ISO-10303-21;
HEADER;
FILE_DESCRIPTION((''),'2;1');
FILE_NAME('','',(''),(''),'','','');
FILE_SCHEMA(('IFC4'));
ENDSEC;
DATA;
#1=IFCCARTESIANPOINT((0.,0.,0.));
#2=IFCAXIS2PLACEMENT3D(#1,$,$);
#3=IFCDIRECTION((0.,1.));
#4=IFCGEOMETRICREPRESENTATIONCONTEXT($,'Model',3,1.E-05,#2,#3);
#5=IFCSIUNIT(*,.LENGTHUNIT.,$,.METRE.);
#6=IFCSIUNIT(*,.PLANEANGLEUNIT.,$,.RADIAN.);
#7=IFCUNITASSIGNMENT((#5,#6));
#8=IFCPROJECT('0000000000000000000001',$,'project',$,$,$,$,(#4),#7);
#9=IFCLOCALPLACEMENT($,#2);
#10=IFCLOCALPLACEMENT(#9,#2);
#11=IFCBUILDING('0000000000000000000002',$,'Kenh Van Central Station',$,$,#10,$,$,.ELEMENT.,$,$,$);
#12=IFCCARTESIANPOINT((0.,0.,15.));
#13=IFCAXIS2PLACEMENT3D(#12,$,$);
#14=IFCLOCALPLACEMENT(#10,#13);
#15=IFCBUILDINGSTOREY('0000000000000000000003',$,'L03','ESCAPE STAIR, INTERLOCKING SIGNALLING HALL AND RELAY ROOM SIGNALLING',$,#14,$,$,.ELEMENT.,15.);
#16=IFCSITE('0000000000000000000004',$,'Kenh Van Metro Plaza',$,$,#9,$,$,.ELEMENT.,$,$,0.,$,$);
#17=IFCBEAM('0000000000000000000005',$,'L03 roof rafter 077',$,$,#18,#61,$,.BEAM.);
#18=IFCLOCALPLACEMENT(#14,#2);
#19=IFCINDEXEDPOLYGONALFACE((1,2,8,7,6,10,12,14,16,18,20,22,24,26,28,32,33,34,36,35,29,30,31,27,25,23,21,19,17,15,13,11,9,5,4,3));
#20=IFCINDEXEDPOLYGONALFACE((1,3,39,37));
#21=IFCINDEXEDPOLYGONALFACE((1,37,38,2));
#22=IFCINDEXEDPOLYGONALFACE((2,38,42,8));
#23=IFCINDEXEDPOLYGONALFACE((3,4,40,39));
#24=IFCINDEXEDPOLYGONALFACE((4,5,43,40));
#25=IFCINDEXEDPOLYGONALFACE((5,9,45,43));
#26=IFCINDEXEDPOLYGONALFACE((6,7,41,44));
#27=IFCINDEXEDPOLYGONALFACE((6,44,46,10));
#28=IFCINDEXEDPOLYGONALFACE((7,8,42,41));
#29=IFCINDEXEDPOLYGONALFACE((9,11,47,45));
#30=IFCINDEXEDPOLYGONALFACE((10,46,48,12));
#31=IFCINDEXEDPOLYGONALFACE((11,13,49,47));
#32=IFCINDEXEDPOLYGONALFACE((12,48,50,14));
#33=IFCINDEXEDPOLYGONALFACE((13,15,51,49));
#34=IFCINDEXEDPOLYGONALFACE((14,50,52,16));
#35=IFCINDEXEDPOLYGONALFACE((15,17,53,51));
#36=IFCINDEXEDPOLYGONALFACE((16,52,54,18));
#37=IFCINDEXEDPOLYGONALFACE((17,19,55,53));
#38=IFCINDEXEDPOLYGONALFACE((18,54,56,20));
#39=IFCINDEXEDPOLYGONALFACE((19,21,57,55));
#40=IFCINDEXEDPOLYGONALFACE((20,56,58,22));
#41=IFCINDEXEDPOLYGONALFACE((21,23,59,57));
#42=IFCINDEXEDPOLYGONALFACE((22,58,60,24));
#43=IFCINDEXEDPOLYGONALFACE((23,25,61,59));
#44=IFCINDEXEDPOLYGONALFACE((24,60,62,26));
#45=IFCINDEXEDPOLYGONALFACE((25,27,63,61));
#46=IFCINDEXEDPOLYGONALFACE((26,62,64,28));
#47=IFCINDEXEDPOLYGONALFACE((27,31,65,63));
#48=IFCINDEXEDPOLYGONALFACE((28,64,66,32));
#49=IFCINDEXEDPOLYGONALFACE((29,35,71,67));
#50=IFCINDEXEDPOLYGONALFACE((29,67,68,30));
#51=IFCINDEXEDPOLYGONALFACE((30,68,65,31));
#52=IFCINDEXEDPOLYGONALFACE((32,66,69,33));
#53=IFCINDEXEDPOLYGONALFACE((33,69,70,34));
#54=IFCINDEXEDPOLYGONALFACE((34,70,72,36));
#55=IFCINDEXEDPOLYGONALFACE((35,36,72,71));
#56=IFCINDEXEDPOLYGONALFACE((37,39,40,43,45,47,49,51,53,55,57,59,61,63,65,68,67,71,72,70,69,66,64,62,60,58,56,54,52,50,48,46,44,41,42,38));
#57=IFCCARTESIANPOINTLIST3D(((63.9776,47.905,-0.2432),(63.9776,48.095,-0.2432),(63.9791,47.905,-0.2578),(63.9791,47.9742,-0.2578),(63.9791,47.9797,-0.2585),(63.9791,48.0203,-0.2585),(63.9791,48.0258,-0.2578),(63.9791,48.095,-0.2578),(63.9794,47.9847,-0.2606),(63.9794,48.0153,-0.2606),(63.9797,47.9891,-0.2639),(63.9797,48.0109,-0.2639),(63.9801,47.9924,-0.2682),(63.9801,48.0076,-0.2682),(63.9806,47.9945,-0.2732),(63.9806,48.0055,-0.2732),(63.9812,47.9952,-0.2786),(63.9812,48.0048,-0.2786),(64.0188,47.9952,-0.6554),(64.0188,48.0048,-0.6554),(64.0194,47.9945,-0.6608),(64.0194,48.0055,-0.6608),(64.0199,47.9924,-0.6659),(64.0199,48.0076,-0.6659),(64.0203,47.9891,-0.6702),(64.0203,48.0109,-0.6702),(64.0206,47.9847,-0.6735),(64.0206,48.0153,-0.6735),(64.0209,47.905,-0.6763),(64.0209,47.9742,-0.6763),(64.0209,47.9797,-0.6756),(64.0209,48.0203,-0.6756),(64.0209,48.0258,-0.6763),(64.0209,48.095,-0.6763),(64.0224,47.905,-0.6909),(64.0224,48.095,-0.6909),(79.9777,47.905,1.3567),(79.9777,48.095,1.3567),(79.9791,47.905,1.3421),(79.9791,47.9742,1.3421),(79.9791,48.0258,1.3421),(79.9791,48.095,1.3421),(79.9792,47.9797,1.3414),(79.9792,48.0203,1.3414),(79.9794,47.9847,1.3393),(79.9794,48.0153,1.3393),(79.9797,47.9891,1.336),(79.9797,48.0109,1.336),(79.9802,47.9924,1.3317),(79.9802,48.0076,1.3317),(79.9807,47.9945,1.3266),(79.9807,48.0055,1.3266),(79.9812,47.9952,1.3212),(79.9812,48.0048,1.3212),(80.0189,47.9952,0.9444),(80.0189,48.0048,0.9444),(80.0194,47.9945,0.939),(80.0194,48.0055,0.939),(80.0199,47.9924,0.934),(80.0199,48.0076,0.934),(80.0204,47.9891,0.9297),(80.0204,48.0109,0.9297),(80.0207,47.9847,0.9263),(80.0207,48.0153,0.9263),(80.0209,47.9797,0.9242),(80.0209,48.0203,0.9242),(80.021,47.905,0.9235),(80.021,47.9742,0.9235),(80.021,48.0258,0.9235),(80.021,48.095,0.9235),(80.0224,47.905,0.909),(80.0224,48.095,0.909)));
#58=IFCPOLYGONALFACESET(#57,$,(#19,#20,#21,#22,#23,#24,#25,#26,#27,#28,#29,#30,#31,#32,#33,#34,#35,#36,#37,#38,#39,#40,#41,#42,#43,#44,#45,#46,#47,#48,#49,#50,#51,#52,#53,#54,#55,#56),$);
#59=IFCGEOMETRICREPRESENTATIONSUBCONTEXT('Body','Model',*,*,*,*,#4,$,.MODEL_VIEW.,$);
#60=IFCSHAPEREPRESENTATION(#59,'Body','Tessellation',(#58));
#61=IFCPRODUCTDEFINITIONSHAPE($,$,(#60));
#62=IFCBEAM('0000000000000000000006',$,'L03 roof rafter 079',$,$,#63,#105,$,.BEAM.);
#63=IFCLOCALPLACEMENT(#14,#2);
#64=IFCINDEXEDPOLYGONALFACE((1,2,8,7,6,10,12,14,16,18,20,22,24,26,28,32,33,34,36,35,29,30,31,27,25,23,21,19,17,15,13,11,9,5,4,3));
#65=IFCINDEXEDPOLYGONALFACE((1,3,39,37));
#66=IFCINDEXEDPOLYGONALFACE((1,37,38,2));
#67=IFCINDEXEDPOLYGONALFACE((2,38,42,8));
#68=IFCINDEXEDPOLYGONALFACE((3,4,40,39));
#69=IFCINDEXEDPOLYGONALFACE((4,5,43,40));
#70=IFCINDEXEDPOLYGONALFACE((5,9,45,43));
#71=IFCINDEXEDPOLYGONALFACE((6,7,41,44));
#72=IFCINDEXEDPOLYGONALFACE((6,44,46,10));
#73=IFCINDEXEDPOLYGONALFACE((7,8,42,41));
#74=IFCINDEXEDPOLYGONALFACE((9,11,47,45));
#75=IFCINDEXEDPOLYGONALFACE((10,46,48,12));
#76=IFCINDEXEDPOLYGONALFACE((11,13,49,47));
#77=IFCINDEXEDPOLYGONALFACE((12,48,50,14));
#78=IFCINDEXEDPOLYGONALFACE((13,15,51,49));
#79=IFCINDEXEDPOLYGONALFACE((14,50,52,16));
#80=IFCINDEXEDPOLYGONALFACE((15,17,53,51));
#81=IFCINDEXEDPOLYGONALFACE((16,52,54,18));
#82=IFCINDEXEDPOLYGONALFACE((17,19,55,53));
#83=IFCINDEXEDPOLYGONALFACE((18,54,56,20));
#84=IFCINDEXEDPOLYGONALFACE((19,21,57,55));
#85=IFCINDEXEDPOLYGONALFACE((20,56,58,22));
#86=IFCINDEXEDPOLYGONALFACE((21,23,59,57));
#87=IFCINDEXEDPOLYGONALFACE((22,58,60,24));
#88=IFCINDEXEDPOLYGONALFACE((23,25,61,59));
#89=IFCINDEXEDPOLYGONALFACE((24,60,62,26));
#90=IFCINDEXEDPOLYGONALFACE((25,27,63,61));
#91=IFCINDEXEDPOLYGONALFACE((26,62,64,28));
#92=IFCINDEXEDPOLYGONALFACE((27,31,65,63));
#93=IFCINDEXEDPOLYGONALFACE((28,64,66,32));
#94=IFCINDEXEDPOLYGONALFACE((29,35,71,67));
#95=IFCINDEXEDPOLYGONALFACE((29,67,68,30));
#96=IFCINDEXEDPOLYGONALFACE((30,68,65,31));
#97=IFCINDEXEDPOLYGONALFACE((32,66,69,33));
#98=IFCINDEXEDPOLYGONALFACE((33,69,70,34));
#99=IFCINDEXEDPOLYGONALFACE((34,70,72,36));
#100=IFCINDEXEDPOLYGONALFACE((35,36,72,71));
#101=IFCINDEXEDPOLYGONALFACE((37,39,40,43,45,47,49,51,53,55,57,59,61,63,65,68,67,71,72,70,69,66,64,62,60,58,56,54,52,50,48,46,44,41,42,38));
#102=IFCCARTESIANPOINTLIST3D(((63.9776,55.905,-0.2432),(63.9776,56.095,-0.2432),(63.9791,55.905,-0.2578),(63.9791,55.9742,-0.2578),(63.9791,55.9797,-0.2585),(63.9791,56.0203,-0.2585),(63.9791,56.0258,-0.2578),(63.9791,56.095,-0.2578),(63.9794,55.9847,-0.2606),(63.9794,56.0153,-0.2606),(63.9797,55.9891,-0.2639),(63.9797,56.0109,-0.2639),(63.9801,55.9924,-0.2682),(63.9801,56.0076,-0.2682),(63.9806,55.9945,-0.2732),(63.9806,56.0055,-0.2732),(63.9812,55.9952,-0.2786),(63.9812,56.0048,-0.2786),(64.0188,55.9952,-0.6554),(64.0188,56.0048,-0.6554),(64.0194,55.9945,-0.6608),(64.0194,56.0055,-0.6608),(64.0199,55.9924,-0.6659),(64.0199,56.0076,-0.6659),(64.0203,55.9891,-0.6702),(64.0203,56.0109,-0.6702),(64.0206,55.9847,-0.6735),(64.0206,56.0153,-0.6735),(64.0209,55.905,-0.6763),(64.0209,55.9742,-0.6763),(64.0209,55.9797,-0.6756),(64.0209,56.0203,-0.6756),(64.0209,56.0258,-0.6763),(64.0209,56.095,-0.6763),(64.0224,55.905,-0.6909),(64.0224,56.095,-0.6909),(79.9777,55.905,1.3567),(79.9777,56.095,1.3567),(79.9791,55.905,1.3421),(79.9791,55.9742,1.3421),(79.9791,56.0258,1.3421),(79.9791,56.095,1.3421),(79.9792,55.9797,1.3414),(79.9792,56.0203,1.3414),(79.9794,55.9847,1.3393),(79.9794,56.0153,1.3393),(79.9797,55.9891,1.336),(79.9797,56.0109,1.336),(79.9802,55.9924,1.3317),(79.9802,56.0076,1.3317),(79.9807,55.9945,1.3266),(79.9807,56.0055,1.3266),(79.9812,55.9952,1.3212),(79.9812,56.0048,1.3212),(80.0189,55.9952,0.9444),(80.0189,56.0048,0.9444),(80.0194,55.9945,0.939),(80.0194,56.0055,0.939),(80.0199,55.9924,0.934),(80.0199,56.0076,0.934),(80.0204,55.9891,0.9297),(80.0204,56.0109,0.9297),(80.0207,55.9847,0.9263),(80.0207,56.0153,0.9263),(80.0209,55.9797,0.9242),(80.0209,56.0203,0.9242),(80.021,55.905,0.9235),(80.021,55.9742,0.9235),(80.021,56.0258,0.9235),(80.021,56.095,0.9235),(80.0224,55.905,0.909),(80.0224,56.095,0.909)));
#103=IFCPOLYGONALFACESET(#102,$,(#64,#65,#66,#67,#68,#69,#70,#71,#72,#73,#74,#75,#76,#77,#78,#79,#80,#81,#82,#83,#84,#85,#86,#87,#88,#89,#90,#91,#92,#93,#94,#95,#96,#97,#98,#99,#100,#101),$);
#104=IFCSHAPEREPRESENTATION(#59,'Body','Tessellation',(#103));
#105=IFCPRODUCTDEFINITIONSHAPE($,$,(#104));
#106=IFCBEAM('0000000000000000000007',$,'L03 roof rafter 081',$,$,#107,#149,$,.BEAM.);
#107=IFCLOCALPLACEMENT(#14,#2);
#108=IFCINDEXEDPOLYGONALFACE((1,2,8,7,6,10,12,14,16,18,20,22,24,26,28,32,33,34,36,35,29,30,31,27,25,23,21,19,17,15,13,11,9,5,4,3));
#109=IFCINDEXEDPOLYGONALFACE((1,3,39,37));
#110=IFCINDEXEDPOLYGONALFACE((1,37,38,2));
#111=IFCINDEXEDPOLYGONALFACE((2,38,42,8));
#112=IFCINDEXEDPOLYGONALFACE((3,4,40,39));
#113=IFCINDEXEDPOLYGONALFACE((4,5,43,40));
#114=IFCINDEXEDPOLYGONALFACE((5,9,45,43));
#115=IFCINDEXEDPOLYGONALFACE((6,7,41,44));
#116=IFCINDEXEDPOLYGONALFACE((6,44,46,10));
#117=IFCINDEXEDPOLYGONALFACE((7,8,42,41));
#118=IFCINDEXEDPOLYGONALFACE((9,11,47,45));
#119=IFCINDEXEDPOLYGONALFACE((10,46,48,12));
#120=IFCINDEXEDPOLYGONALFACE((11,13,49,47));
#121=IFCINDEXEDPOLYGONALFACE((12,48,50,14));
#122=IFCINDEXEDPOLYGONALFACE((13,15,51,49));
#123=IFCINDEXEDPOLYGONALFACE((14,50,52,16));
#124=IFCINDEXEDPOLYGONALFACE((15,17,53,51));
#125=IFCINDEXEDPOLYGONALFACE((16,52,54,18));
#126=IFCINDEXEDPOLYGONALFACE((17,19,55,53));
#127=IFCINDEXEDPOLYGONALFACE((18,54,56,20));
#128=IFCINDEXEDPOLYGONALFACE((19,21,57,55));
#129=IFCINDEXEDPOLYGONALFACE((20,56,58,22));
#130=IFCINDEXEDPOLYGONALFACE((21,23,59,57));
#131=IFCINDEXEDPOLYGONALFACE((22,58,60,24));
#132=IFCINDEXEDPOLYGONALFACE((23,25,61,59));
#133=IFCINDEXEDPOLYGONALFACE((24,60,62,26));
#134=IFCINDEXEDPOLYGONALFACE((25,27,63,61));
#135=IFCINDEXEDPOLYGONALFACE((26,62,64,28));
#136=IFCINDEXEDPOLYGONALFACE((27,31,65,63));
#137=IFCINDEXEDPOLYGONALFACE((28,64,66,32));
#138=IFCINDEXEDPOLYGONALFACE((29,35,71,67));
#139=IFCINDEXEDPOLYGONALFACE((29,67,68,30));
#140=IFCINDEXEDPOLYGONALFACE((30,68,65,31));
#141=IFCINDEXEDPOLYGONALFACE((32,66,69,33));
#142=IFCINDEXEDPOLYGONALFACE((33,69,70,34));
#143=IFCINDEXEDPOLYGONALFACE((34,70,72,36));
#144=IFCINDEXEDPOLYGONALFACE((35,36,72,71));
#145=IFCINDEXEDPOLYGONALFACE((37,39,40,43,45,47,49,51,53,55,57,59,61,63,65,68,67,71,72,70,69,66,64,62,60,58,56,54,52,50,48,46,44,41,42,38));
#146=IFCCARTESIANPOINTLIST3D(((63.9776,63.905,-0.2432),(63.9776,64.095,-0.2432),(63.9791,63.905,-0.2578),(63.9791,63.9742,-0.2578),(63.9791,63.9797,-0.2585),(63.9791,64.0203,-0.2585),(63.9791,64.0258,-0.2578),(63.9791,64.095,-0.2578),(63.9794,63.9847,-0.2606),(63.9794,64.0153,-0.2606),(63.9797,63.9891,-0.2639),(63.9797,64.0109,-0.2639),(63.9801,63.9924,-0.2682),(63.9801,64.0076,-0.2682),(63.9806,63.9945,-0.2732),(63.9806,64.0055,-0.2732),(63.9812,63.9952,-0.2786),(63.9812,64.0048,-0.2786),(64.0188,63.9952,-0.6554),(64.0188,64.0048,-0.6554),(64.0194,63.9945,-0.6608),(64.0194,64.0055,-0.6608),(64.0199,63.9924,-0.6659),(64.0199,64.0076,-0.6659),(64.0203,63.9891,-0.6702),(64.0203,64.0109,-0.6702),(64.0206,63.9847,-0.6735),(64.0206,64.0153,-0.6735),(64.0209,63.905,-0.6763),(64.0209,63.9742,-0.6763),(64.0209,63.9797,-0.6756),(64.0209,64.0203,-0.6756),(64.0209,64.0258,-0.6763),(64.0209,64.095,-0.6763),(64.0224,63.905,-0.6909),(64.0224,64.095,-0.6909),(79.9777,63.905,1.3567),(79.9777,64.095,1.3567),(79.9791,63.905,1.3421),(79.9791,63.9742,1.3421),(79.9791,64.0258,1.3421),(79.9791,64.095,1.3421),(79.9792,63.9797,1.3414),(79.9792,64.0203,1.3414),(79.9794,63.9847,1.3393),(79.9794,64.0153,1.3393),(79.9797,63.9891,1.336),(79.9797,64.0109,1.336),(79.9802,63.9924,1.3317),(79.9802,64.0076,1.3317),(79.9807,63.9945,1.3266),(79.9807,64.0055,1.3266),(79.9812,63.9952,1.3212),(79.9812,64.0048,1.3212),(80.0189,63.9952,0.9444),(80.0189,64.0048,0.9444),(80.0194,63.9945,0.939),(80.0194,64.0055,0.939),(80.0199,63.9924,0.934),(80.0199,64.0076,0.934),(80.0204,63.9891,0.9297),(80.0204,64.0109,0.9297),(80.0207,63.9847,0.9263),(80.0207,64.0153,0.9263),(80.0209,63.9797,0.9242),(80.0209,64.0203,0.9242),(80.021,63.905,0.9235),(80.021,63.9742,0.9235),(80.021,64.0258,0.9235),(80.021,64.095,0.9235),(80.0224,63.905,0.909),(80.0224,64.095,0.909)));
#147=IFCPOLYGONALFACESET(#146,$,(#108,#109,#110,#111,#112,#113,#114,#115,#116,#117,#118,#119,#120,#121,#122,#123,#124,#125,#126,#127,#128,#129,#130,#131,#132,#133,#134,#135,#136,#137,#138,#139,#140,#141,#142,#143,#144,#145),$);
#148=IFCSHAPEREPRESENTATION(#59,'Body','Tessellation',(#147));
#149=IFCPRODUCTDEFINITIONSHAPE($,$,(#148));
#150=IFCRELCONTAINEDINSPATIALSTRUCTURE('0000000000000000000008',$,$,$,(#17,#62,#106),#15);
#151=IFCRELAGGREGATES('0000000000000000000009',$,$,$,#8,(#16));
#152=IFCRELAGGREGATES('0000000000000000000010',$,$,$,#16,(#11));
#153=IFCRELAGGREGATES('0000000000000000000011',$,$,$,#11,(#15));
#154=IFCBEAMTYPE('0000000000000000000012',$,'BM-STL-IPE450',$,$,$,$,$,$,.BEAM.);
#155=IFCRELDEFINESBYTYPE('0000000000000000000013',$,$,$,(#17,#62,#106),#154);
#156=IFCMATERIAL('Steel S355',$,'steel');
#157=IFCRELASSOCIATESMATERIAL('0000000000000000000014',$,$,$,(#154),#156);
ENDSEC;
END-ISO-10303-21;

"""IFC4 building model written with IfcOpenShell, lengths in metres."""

from ifc_helpers import new_model, si_unit, direction, frame, origin, origin_2d, place, context, subcontext, project, spatial, i_section, extrude, material, material_profile, profile_set, type_object, element, save


model = new_model("IFC4")

# Units and contexts
model_context = context("Model", 3, precision=1e-05, world=origin(), true_north=direction((0.0, 1.0)))
body_context = subcontext(model_context, "Body", "Model", "MODEL_VIEW")
ifc_project = project(units=[si_unit("LENGTHUNIT", "METRE"), si_unit("PLANEANGLEUNIT", "RADIAN")], contexts=[model_context])

# Site, building, storey
site_placement = place(None, origin())
site = spatial("IfcSite", under=ifc_project, at=site_placement, Name="Kenh Van Metro Plaza", CompositionType="ELEMENT", RefElevation=0.0)
building_placement = place(site_placement, origin())
building = spatial("IfcBuilding", under=site, at=building_placement, Name="Kenh Van Central Station", CompositionType="ELEMENT")
storey_placement = place(building_placement, frame((0.0, 0.0, 15.0)))
storey = spatial("IfcBuildingStorey", under=building, at=storey_placement, Name="L03", Description="ESCAPE STAIR, INTERLOCKING SIGNALLING HALL AND RELAY ROOM SIGNALLING", CompositionType="ELEMENT", Elevation=15.0)

# Beams
ifc_material_1 = material(Name="Steel S355", Category="steel")
ifc_material_profile_1 = material_profile(ifc_material_1, i_section(OverallWidth=0.1899, OverallDepth=0.45, WebThickness=0.0095, FlangeThickness=0.0146, FilletRadius=0.021, at=origin_2d()), Name="IPE 450")
ifc_profile_set_1 = profile_set([ifc_material_profile_1], Name="Steel S355")
beam_type_1 = type_object("IfcBeamType", Name="BM-STL-IPE450", PredefinedType="BEAM", material=ifc_profile_set_1)
for number, where, z_axis, x_axis, name in (
    (1, (64.0, 48.0, -0.467), (0.995038, 0.0, 0.099495), (0.0, 1.0, 0.0), "L03 roof rafter 077"),
    (2, (64.0, 56.0, -0.467), (0.995038, 0.0, 0.099495), (0.0, 1.0, 0.0), "L03 roof rafter 079"),
    (3, (64.0, 64.0, -0.467), (0.995038, 0.0, 0.099495), (0.0, 1.0, 0.0), "L03 roof rafter 081"),
):
    element("IfcBeam", number, at=place(storey_placement, frame(where, z_axis=z_axis, x_axis=x_axis)), inside=storey, type_object=beam_type_1, Name=name, PredefinedType="BEAM", context=body_context, shape_type="SweptSolid", body=[
        extrude(i_section(OverallWidth=0.1899, OverallDepth=0.45, WebThickness=0.0095, FlangeThickness=0.0146, FilletRadius=0.021, at=origin_2d()), origin(), (0.0, 0.0, 1.0), 16.0798),
    ])

save(model, "model.ifc")
